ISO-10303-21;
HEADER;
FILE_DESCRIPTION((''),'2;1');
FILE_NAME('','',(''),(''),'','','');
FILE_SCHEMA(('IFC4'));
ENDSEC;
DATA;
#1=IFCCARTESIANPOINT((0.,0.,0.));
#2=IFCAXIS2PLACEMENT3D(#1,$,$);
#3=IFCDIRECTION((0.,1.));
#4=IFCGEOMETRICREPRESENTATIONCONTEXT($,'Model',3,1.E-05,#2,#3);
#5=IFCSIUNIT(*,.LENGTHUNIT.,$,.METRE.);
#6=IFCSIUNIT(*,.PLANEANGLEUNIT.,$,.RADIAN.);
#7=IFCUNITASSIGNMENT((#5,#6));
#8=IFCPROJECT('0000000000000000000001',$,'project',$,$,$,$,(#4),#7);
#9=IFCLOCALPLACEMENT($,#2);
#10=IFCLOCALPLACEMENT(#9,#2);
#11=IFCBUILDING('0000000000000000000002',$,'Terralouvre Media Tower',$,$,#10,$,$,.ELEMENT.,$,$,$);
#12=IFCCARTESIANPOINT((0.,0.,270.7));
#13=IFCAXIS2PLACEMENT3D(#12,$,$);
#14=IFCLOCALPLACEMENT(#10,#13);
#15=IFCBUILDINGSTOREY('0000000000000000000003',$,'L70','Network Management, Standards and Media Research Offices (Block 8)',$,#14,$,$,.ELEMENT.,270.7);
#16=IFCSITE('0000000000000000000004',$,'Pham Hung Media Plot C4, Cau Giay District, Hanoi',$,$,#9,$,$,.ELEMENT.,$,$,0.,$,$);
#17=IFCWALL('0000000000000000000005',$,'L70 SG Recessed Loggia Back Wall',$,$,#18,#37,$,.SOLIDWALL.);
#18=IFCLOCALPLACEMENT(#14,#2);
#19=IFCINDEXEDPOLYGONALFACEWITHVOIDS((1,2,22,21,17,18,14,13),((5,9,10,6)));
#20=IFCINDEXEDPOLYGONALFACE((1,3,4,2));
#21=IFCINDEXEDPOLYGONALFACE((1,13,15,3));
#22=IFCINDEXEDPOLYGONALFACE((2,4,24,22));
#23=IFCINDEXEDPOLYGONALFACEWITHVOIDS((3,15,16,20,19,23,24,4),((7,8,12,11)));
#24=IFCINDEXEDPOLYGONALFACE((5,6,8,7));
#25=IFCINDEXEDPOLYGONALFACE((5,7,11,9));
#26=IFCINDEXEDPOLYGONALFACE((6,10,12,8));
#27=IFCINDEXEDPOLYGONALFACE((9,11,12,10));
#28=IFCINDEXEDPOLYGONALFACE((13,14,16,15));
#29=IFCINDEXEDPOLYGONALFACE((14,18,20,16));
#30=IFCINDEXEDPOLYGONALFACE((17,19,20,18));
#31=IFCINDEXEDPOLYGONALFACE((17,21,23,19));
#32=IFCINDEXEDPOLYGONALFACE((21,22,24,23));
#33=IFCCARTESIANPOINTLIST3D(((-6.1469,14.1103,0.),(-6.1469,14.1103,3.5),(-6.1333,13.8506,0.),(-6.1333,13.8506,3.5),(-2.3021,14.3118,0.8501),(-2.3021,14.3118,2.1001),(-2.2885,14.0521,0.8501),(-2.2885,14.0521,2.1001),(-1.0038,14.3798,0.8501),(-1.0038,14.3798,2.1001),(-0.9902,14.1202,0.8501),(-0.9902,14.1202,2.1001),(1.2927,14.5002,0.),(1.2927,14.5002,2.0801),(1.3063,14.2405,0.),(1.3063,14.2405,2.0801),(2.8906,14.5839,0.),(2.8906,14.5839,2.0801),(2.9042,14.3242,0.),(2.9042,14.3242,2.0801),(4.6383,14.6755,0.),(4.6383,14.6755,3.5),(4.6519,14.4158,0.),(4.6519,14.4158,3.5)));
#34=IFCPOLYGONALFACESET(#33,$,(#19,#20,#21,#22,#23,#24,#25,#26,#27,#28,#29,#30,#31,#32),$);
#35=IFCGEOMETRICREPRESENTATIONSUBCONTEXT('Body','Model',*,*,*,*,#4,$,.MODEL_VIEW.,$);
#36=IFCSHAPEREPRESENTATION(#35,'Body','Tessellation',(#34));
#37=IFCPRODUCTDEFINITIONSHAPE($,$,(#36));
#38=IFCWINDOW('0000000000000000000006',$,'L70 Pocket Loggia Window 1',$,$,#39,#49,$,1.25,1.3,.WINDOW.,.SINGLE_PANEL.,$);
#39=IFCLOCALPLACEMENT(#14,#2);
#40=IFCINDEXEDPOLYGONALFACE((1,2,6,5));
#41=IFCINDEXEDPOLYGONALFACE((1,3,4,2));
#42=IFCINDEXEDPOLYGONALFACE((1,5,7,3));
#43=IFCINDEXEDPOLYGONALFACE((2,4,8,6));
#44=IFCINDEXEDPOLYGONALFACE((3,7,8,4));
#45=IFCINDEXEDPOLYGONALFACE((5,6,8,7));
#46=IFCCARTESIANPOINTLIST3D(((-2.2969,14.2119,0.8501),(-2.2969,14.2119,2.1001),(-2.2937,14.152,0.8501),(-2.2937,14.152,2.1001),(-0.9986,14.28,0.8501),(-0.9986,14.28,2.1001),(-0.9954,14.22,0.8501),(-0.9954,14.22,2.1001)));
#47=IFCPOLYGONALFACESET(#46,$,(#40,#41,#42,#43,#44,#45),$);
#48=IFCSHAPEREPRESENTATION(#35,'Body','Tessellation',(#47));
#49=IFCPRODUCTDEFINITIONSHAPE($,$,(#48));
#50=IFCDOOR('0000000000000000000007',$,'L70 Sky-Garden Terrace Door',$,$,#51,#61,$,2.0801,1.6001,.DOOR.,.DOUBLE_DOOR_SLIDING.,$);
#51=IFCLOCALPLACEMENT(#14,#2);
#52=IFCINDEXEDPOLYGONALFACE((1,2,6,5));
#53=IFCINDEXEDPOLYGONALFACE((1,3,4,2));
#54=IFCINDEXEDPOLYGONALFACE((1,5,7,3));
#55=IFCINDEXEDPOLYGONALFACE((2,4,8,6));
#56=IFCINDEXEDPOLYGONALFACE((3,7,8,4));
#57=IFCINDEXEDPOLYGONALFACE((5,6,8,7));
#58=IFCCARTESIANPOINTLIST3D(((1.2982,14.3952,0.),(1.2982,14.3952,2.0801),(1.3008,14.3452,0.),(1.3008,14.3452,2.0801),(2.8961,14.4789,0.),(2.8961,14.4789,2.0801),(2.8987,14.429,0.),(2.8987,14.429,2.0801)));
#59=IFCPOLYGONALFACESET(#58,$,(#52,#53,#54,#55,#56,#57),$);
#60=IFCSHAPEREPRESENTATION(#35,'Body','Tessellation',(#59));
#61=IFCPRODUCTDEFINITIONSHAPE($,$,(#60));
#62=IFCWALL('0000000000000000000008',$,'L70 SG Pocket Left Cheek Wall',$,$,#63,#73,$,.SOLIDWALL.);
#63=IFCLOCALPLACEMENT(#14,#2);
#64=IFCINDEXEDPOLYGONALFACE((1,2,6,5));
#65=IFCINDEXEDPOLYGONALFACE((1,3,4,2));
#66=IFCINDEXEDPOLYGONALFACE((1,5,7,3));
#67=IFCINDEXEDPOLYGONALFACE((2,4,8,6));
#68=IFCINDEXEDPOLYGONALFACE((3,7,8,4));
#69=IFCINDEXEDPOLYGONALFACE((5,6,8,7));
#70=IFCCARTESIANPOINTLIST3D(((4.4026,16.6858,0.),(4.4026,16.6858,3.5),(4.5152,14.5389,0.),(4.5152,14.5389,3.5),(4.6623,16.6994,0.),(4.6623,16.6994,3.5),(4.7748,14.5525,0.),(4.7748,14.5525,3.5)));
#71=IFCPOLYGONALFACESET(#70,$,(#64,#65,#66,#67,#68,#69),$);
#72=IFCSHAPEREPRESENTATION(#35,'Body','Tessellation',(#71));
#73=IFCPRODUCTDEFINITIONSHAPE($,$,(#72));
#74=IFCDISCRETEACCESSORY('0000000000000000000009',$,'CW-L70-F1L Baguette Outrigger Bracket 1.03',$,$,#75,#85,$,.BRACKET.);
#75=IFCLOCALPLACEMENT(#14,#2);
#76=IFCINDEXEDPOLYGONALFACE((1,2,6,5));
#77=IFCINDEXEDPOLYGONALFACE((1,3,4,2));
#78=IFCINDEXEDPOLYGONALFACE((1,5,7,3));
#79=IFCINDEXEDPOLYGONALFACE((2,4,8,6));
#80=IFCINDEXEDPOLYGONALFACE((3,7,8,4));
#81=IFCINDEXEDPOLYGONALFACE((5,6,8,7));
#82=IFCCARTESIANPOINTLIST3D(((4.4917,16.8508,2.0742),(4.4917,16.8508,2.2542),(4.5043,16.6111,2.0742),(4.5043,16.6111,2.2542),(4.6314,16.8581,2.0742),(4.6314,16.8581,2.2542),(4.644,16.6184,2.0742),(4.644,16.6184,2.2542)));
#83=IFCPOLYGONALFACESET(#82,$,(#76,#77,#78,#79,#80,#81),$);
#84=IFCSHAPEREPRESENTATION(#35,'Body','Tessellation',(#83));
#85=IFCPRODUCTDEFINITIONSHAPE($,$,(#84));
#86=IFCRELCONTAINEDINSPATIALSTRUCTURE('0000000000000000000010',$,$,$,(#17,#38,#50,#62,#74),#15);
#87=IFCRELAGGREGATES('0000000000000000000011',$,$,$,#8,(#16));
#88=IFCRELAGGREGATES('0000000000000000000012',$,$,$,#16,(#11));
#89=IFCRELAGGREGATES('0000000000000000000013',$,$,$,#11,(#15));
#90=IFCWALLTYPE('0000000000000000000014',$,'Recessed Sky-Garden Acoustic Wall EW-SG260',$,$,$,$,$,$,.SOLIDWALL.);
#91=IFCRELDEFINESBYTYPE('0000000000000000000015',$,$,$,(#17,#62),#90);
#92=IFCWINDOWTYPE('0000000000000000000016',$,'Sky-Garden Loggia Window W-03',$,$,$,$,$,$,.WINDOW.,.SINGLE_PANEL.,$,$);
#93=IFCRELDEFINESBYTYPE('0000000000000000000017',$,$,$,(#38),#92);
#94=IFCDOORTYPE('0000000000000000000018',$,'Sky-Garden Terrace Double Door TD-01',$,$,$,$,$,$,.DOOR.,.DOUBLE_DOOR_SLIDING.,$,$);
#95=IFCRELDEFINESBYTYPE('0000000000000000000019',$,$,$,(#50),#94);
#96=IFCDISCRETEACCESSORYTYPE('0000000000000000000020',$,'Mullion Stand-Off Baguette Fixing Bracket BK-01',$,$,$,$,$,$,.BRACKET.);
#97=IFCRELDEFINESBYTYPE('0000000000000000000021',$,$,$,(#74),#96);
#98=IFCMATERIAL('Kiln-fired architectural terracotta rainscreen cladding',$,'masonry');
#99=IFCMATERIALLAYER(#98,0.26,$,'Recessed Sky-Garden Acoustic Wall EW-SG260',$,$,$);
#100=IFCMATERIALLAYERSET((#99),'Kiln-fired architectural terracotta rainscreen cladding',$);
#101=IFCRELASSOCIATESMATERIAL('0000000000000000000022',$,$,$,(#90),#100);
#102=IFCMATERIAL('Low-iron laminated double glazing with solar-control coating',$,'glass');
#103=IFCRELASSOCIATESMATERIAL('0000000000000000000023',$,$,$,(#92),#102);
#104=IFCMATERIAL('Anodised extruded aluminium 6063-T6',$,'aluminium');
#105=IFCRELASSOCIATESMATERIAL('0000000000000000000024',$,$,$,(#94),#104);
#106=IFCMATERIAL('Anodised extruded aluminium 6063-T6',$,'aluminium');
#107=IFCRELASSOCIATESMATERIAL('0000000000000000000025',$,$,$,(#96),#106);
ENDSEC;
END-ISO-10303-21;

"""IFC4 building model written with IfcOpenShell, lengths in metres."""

from ifc_helpers import new_model, si_unit, direction, frame, frame_2d, origin, origin_2d, place, context, subcontext, project, spatial, rectangle, extrude, material, layer, layer_set, type_object, element, fill, save


model = new_model("IFC4")

# Units and contexts
model_context = context("Model", 3, precision=1e-05, world=origin(), true_north=direction((0.0, 1.0)))
body_context = subcontext(model_context, "Body", "Model", "MODEL_VIEW")
ifc_project = project(units=[si_unit("LENGTHUNIT", "METRE"), si_unit("PLANEANGLEUNIT", "RADIAN")], contexts=[model_context])

# Site, building, storey
site_placement = place(None, origin())
site = spatial("IfcSite", under=ifc_project, at=site_placement, Name="Pham Hung Media Plot C4, Cau Giay District, Hanoi", CompositionType="ELEMENT", RefElevation=0.0)
building_placement = place(site_placement, origin())
building = spatial("IfcBuilding", under=site, at=building_placement, Name="Terralouvre Media Tower", CompositionType="ELEMENT")
storey_placement = place(building_placement, frame((0.0, 0.0, 270.7)))
storey = spatial("IfcBuildingStorey", under=building, at=storey_placement, Name="L70", Description="Network Management, Standards and Media Research Offices (Block 8)", CompositionType="ELEMENT", Elevation=270.7)

# Wall, openings, window, door
ifc_material_1 = material(Name="Kiln-fired architectural terracotta rainscreen cladding", Category="masonry")
ifc_layer_1 = layer(ifc_material_1, 0.26, Name="Recessed Sky-Garden Acoustic Wall EW-SG260")
ifc_layer_set_1 = layer_set([ifc_layer_1], Name="Kiln-fired architectural terracotta rainscreen cladding")
wall_type_1 = type_object("IfcWallType", Name="Recessed Sky-Garden Acoustic Wall EW-SG260", PredefinedType="SOLIDWALL", material=ifc_layer_set_1)
wall_1_placement = place(storey_placement, frame((4.645, 14.5457, 0.0), z_axis=(0.0, 0.0, 1.0), x_axis=(-0.99863, -0.052332, 0.0)))
wall_1 = element("IfcWall", 1, at=wall_1_placement, inside=storey, type_object=wall_type_1, Name="L70 SG Recessed Loggia Back Wall", PredefinedType="SOLIDWALL", context=body_context, shape_type="SweptSolid", body=[
    extrude(rectangle(XDim=10.8, YDim=0.26, at=frame_2d((5.3999, 0.0))), origin(), (0.0, 0.0, 1.0), 3.5),
])
opening_1_placement = place(wall_1_placement, frame((1.75, 0.0, 0.0)))
opening_1 = element("IfcOpeningElement", 2, at=opening_1_placement, cuts=wall_1, PredefinedType="OPENING", context=body_context, shape_type="SweptSolid", body=[
    extrude(rectangle(XDim=1.6001, YDim=2.0801, at=frame_2d((0.8, 1.04))), frame((0.0, 0.1399, 0.0), z_axis=(0.0, -1.0, 0.0), x_axis=(1.0, 0.0, 0.0)), (0.0, 0.0, 1.0), 0.28),
])
opening_2_placement = place(wall_1_placement, frame((5.6499, 0.0, 0.8501)))
opening_2 = element("IfcOpeningElement", 3, at=opening_2_placement, cuts=wall_1, PredefinedType="OPENING", context=body_context, shape_type="SweptSolid", body=[
    extrude(rectangle(XDim=1.3, YDim=1.25, at=frame_2d((0.6499, 0.625))), frame((0.0, 0.1399, 0.0), z_axis=(0.0, -1.0, 0.0), x_axis=(1.0, 0.0, 0.0)), (0.0, 0.0, 1.0), 0.28),
])
ifc_material_2 = material(Name="Low-iron laminated double glazing with solar-control coating", Category="glass")
window_type = type_object("IfcWindowType", Name="Sky-Garden Loggia Window W-03", PartitioningType="SINGLE_PANEL", PredefinedType="WINDOW", material=ifc_material_2)
window_placement = place(opening_2_placement, origin())
window = element("IfcWindow", 4, at=window_placement, inside=storey, type_object=window_type, Name="L70 Pocket Loggia Window 1", OverallHeight=1.25, OverallWidth=1.3, PartitioningType="SINGLE_PANEL", PredefinedType="WINDOW", context=body_context, shape_type="SweptSolid", body=[
    extrude(rectangle(XDim=1.3, YDim=1.25, at=frame_2d((0.6499, 0.625))), frame((0.0, 0.03, 0.0), z_axis=(0.0, -1.0, 0.0), x_axis=(1.0, 0.0, 0.0)), (0.0, 0.0, 1.0), 0.0601),
])
fill(opening_2, window)
ifc_material_3 = material(Name="Anodised extruded aluminium 6063-T6", Category="aluminium")
door_type_1 = type_object("IfcDoorType", Name="Sky-Garden Terrace Double Door TD-01", OperationType="DOUBLE_DOOR_SLIDING", PredefinedType="DOOR", material=ifc_material_3)
door_1_placement = place(opening_1_placement, frame((1.6001, 0.0, 0.0), z_axis=(0.0, 0.0, 1.0), x_axis=(-1.0, 0.0, 0.0)))
door_1 = element("IfcDoor", 5, at=door_1_placement, inside=storey, type_object=door_type_1, Name="L70 Sky-Garden Terrace Door", OperationType="DOUBLE_DOOR_SLIDING", OverallHeight=2.0801, OverallWidth=1.6001, PredefinedType="DOOR", context=body_context, shape_type="SweptSolid", body=[
    extrude(rectangle(XDim=1.6001, YDim=2.0801, at=frame_2d((0.8, 1.04))), frame((0.0, 0.0249, 0.0), z_axis=(0.0, -1.0, 0.0), x_axis=(1.0, 0.0, 0.0)), (0.0, 0.0, 1.0), 0.05),
])
fill(opening_1, door_1)

# Wall
wall_2_placement = place(storey_placement, frame((4.5325, 16.6926, 0.0), z_axis=(0.0, 0.0, 1.0), x_axis=(0.05235, -0.998629, 0.0)))
element("IfcWall", 6, at=wall_2_placement, inside=storey, type_object=wall_type_1, Name="L70 SG Pocket Left Cheek Wall", PredefinedType="SOLIDWALL", context=body_context, shape_type="SweptSolid", body=[
    extrude(rectangle(XDim=2.1499, YDim=0.26, at=frame_2d((1.075, 0.0))), origin(), (0.0, 0.0, 1.0), 3.5),
])

# Discrete accessory
ifc_material_4 = material(Name="Anodised extruded aluminium 6063-T6", Category="aluminium")
discrete_accessory_type = type_object("IfcDiscreteAccessoryType", Name="Mullion Stand-Off Baguette Fixing Bracket BK-01", PredefinedType="BRACKET", material=ifc_material_4)
discrete_accessory_placement = place(storey_placement, frame((4.5679, 16.7346, 2.0742), z_axis=(0.0, 0.0, 1.0), x_axis=(-0.99863, -0.052336, 0.0)))
element("IfcDiscreteAccessory", 7, at=discrete_accessory_placement, inside=storey, type_object=discrete_accessory_type, Name="CW-L70-F1L Baguette Outrigger Bracket 1.03", PredefinedType="BRACKET", context=body_context, shape_type="SweptSolid", body=[
    extrude(rectangle(XDim=0.1399, YDim=0.24, at=origin_2d()), origin(), (0.0, 0.0, 1.0), 0.1799),
])

save(model, "model.ifc")
